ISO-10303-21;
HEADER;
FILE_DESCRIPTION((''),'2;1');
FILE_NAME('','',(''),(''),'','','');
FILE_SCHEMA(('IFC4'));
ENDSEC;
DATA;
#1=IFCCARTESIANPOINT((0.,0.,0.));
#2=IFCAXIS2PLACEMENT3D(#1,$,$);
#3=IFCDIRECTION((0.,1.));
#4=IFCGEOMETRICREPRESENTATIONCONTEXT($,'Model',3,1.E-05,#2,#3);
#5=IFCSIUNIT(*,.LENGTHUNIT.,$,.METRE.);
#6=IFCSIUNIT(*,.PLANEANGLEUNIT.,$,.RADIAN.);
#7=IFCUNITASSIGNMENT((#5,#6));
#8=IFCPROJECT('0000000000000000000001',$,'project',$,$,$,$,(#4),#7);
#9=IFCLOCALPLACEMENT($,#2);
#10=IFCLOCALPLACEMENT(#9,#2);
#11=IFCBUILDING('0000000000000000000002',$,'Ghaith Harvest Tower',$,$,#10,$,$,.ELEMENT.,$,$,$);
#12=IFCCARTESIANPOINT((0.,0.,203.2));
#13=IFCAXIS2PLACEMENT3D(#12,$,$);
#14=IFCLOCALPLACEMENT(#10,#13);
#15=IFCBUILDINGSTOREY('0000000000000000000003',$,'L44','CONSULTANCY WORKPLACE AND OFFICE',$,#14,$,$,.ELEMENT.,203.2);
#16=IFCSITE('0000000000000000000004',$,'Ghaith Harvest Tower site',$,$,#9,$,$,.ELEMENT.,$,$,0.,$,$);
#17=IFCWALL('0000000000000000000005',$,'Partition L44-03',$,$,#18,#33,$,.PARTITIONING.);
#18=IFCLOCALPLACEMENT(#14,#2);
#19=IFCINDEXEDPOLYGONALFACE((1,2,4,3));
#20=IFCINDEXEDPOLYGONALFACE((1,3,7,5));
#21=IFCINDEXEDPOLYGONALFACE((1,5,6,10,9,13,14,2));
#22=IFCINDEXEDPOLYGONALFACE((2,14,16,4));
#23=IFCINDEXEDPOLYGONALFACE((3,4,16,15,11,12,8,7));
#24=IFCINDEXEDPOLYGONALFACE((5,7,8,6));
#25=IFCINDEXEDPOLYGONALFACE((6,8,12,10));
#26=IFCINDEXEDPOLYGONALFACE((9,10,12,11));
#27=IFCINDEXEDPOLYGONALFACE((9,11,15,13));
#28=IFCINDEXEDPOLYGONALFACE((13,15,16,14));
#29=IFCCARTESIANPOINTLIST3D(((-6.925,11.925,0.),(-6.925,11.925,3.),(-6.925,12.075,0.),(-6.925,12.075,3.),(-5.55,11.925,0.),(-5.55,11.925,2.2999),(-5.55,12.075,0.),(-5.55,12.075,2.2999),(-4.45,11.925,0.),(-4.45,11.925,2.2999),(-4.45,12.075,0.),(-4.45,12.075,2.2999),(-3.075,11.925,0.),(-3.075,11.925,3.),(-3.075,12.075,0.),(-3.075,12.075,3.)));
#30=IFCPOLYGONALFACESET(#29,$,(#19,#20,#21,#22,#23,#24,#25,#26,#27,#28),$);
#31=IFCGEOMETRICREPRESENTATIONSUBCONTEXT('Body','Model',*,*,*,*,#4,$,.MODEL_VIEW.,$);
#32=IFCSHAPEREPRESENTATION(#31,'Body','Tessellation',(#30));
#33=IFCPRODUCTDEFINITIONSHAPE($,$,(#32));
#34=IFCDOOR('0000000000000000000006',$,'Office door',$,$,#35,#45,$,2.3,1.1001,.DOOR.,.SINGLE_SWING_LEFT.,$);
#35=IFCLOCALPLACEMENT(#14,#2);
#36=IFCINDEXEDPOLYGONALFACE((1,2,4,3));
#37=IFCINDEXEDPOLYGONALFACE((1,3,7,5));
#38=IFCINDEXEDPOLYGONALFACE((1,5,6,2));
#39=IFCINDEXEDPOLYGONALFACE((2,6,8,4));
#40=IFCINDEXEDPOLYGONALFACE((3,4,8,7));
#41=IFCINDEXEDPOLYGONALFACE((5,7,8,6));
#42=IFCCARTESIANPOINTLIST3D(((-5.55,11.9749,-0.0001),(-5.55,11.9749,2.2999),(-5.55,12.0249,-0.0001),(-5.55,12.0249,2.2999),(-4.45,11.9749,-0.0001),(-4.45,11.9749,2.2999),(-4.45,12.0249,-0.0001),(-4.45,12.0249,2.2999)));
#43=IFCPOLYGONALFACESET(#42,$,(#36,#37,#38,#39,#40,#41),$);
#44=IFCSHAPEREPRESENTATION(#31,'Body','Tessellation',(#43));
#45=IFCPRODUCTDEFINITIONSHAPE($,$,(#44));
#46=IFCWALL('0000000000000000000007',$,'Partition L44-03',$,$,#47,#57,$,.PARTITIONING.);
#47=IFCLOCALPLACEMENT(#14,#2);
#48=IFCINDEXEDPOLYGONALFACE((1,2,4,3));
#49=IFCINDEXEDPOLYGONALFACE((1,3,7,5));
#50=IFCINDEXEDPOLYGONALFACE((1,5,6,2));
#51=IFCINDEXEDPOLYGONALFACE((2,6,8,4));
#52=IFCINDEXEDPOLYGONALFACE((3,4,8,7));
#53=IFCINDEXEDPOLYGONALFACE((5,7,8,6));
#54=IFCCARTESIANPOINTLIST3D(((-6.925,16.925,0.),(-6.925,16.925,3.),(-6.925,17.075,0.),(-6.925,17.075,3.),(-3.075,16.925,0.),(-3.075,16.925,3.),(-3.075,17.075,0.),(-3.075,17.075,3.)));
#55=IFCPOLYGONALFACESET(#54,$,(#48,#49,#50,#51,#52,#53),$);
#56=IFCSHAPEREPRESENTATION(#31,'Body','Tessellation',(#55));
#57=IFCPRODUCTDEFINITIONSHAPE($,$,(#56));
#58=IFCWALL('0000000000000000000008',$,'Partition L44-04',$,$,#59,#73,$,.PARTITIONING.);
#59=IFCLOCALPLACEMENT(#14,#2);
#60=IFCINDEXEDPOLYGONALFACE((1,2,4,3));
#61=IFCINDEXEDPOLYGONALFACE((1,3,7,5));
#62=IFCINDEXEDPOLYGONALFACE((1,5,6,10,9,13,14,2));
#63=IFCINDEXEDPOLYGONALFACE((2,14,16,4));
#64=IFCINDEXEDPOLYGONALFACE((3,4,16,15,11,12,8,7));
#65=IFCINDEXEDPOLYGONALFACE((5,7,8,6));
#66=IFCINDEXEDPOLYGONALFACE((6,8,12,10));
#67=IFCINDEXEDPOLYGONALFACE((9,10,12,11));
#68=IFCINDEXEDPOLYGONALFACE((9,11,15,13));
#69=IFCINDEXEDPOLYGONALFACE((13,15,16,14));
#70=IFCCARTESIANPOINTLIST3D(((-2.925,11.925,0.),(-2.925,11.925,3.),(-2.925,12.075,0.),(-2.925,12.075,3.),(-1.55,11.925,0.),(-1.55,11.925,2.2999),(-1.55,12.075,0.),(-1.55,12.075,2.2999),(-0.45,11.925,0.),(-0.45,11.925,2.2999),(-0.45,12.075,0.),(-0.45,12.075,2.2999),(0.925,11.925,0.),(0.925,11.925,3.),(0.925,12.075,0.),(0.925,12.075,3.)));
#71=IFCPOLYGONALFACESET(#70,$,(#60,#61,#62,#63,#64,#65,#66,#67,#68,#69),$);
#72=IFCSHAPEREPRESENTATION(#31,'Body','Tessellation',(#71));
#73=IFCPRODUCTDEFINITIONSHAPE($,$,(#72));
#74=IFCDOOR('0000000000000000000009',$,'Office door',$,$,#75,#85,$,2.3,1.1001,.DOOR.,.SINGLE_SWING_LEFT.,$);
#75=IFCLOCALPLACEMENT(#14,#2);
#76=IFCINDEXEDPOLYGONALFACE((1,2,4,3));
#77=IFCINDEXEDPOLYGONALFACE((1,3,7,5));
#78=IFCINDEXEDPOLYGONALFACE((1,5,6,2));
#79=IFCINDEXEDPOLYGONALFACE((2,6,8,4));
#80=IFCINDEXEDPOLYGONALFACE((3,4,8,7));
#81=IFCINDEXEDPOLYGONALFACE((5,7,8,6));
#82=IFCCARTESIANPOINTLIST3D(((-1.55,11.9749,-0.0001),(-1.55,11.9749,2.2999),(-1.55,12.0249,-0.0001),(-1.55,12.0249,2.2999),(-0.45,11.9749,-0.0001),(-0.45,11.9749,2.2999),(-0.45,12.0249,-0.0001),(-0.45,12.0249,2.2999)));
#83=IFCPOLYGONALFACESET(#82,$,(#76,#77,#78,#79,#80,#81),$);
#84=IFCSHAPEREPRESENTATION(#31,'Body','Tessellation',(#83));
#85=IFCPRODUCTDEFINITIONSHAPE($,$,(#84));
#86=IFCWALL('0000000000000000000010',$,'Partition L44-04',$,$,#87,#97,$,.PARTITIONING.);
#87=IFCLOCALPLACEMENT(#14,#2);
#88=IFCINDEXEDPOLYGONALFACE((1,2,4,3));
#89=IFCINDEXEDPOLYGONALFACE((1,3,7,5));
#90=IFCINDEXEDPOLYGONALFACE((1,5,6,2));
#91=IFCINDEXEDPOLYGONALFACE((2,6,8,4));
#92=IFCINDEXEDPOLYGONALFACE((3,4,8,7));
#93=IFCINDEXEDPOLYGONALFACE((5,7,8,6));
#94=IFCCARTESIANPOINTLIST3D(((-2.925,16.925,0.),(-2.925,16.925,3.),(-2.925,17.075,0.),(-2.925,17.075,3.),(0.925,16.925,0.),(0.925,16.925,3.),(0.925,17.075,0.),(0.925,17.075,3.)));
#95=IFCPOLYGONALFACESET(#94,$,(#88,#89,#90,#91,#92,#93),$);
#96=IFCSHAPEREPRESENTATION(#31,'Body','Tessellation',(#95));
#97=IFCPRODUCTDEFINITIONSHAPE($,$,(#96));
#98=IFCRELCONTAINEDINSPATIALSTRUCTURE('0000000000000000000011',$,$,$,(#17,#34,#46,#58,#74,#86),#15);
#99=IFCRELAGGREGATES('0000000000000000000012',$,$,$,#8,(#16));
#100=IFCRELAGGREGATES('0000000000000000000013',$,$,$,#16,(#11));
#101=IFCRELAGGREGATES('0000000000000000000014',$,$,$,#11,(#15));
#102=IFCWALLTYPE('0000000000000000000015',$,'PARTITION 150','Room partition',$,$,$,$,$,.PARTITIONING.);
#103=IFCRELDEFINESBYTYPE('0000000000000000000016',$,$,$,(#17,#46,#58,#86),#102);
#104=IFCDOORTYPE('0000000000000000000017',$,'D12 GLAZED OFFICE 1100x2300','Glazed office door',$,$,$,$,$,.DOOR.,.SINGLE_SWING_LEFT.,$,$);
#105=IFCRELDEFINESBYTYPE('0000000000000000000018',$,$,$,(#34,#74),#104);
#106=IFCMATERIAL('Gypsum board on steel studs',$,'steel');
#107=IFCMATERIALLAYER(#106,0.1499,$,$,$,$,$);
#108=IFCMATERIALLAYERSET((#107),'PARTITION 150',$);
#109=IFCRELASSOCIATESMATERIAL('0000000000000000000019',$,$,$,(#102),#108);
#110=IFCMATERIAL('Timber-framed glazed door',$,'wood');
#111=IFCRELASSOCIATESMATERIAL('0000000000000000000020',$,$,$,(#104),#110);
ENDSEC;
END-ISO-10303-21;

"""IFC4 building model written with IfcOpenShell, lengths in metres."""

from ifc_helpers import new_model, si_unit, direction, frame, frame_2d, origin, place, context, subcontext, project, spatial, rectangle, extrude, material, layer, layer_set, type_object, element, fill, save


model = new_model("IFC4")

# Units and contexts
model_context = context("Model", 3, precision=1e-05, world=origin(), true_north=direction((0.0, 1.0)))
body_context = subcontext(model_context, "Body", "Model", "MODEL_VIEW")
ifc_project = project(units=[si_unit("LENGTHUNIT", "METRE"), si_unit("PLANEANGLEUNIT", "RADIAN")], contexts=[model_context])

# Site, building, storey
site_placement = place(None, origin())
site = spatial("IfcSite", under=ifc_project, at=site_placement, Name="Ghaith Harvest Tower site", CompositionType="ELEMENT", RefElevation=0.0)
building_placement = place(site_placement, origin())
building = spatial("IfcBuilding", under=site, at=building_placement, Name="Ghaith Harvest Tower", CompositionType="ELEMENT")
storey_placement = place(building_placement, frame((0.0, 0.0, 203.2)))
storey = spatial("IfcBuildingStorey", under=building, at=storey_placement, Name="L44", Description="CONSULTANCY WORKPLACE AND OFFICE", CompositionType="ELEMENT", Elevation=203.2)

# Shared definitions
ifc_material_1 = material(Name="Gypsum board on steel studs", Category="steel")
ifc_layer_1 = layer(ifc_material_1, 0.1499)
ifc_layer_set_1 = layer_set([ifc_layer_1], Name="PARTITION 150")
wall_type = type_object("IfcWallType", Name="PARTITION 150", Description="Room partition", PredefinedType="PARTITIONING", material=ifc_layer_set_1)

# Shared definitions
ifc_material_2 = material(Name="Timber-framed glazed door", Category="wood")
door_type = type_object("IfcDoorType", Name="D12 GLAZED OFFICE 1100x2300", Description="Glazed office door", OperationType="SINGLE_SWING_LEFT", PredefinedType="DOOR", material=ifc_material_2)

# Wall, opening, door
wall_1_placement = place(storey_placement, frame((-6.925, 12.0, 0.0), z_axis=(0.0, 0.0, 1.0), x_axis=(1.0, 0.0, 0.0)))
wall_1 = element("IfcWall", 1, at=wall_1_placement, inside=storey, type_object=wall_type, Name="Partition L44-03", PredefinedType="PARTITIONING", context=body_context, shape_type="SweptSolid", body=[
    extrude(rectangle(XDim=3.8501, YDim=0.1499, at=frame_2d((1.925, 0.0))), origin(), (0.0, 0.0, 1.0), 3.0),
])
opening_1_placement = place(wall_1_placement, frame((1.375, 0.0, 0.0)))
opening_1 = element("IfcOpeningElement", 2, at=opening_1_placement, cuts=wall_1, PredefinedType="OPENING", context=body_context, shape_type="SweptSolid", body=[
    extrude(rectangle(XDim=1.1001, YDim=2.3, at=frame_2d((0.55, 1.1499))), frame((0.0, 0.085, 0.0), z_axis=(0.0, -1.0, 0.0), x_axis=(1.0, 0.0, 0.0)), (0.0, 0.0, 1.0), 0.1699),
])
door_1_placement = place(opening_1_placement, origin())
door_1 = element("IfcDoor", 3, at=door_1_placement, inside=storey, type_object=door_type, Name="Office door", OperationType="SINGLE_SWING_LEFT", OverallHeight=2.3, OverallWidth=1.1001, PredefinedType="DOOR", context=body_context, shape_type="SweptSolid", body=[
    extrude(rectangle(XDim=1.1001, YDim=2.3, at=frame_2d((0.55, 1.1499))), frame((0.0, 0.0249, 0.0), z_axis=(0.0, -1.0, 0.0), x_axis=(1.0, 0.0, 0.0)), (0.0, 0.0, 1.0), 0.05),
])
fill(opening_1, door_1)

# Wall
wall_2_placement = place(storey_placement, frame((-6.925, 17.0, 0.0), z_axis=(0.0, 0.0, 1.0), x_axis=(1.0, 0.0, 0.0)))
element("IfcWall", 4, at=wall_2_placement, inside=storey, type_object=wall_type, Name="Partition L44-03", PredefinedType="PARTITIONING", context=body_context, shape_type="SweptSolid", body=[
    extrude(rectangle(XDim=3.8501, YDim=0.1499, at=frame_2d((1.925, 0.0))), origin(), (0.0, 0.0, 1.0), 3.0),
])

# Wall, opening, door
wall_3_placement = place(storey_placement, frame((-2.925, 12.0, 0.0), z_axis=(0.0, 0.0, 1.0), x_axis=(1.0, 0.0, 0.0)))
wall_3 = element("IfcWall", 5, at=wall_3_placement, inside=storey, type_object=wall_type, Name="Partition L44-04", PredefinedType="PARTITIONING", context=body_context, shape_type="SweptSolid", body=[
    extrude(rectangle(XDim=3.8501, YDim=0.1499, at=frame_2d((1.925, 0.0))), origin(), (0.0, 0.0, 1.0), 3.0),
])
opening_2_placement = place(wall_3_placement, frame((1.375, 0.0, 0.0)))
opening_2 = element("IfcOpeningElement", 6, at=opening_2_placement, cuts=wall_3, PredefinedType="OPENING", context=body_context, shape_type="SweptSolid", body=[
    extrude(rectangle(XDim=1.1001, YDim=2.3, at=frame_2d((0.55, 1.1499))), frame((0.0, 0.085, 0.0), z_axis=(0.0, -1.0, 0.0), x_axis=(1.0, 0.0, 0.0)), (0.0, 0.0, 1.0), 0.1699),
])
door_2_placement = place(opening_2_placement, origin())
door_2 = element("IfcDoor", 7, at=door_2_placement, inside=storey, type_object=door_type, Name="Office door", OperationType="SINGLE_SWING_LEFT", OverallHeight=2.3, OverallWidth=1.1001, PredefinedType="DOOR", context=body_context, shape_type="SweptSolid", body=[
    extrude(rectangle(XDim=1.1001, YDim=2.3, at=frame_2d((0.55, 1.1499))), frame((0.0, 0.0249, 0.0), z_axis=(0.0, -1.0, 0.0), x_axis=(1.0, 0.0, 0.0)), (0.0, 0.0, 1.0), 0.05),
])
fill(opening_2, door_2)

# Wall
wall_4_placement = place(storey_placement, frame((-2.925, 17.0, 0.0), z_axis=(0.0, 0.0, 1.0), x_axis=(1.0, 0.0, 0.0)))
element("IfcWall", 8, at=wall_4_placement, inside=storey, type_object=wall_type, Name="Partition L44-04", PredefinedType="PARTITIONING", context=body_context, shape_type="SweptSolid", body=[
    extrude(rectangle(XDim=3.8501, YDim=0.1499, at=frame_2d((1.925, 0.0))), origin(), (0.0, 0.0, 1.0), 3.0),
])

save(model, "model.ifc")
